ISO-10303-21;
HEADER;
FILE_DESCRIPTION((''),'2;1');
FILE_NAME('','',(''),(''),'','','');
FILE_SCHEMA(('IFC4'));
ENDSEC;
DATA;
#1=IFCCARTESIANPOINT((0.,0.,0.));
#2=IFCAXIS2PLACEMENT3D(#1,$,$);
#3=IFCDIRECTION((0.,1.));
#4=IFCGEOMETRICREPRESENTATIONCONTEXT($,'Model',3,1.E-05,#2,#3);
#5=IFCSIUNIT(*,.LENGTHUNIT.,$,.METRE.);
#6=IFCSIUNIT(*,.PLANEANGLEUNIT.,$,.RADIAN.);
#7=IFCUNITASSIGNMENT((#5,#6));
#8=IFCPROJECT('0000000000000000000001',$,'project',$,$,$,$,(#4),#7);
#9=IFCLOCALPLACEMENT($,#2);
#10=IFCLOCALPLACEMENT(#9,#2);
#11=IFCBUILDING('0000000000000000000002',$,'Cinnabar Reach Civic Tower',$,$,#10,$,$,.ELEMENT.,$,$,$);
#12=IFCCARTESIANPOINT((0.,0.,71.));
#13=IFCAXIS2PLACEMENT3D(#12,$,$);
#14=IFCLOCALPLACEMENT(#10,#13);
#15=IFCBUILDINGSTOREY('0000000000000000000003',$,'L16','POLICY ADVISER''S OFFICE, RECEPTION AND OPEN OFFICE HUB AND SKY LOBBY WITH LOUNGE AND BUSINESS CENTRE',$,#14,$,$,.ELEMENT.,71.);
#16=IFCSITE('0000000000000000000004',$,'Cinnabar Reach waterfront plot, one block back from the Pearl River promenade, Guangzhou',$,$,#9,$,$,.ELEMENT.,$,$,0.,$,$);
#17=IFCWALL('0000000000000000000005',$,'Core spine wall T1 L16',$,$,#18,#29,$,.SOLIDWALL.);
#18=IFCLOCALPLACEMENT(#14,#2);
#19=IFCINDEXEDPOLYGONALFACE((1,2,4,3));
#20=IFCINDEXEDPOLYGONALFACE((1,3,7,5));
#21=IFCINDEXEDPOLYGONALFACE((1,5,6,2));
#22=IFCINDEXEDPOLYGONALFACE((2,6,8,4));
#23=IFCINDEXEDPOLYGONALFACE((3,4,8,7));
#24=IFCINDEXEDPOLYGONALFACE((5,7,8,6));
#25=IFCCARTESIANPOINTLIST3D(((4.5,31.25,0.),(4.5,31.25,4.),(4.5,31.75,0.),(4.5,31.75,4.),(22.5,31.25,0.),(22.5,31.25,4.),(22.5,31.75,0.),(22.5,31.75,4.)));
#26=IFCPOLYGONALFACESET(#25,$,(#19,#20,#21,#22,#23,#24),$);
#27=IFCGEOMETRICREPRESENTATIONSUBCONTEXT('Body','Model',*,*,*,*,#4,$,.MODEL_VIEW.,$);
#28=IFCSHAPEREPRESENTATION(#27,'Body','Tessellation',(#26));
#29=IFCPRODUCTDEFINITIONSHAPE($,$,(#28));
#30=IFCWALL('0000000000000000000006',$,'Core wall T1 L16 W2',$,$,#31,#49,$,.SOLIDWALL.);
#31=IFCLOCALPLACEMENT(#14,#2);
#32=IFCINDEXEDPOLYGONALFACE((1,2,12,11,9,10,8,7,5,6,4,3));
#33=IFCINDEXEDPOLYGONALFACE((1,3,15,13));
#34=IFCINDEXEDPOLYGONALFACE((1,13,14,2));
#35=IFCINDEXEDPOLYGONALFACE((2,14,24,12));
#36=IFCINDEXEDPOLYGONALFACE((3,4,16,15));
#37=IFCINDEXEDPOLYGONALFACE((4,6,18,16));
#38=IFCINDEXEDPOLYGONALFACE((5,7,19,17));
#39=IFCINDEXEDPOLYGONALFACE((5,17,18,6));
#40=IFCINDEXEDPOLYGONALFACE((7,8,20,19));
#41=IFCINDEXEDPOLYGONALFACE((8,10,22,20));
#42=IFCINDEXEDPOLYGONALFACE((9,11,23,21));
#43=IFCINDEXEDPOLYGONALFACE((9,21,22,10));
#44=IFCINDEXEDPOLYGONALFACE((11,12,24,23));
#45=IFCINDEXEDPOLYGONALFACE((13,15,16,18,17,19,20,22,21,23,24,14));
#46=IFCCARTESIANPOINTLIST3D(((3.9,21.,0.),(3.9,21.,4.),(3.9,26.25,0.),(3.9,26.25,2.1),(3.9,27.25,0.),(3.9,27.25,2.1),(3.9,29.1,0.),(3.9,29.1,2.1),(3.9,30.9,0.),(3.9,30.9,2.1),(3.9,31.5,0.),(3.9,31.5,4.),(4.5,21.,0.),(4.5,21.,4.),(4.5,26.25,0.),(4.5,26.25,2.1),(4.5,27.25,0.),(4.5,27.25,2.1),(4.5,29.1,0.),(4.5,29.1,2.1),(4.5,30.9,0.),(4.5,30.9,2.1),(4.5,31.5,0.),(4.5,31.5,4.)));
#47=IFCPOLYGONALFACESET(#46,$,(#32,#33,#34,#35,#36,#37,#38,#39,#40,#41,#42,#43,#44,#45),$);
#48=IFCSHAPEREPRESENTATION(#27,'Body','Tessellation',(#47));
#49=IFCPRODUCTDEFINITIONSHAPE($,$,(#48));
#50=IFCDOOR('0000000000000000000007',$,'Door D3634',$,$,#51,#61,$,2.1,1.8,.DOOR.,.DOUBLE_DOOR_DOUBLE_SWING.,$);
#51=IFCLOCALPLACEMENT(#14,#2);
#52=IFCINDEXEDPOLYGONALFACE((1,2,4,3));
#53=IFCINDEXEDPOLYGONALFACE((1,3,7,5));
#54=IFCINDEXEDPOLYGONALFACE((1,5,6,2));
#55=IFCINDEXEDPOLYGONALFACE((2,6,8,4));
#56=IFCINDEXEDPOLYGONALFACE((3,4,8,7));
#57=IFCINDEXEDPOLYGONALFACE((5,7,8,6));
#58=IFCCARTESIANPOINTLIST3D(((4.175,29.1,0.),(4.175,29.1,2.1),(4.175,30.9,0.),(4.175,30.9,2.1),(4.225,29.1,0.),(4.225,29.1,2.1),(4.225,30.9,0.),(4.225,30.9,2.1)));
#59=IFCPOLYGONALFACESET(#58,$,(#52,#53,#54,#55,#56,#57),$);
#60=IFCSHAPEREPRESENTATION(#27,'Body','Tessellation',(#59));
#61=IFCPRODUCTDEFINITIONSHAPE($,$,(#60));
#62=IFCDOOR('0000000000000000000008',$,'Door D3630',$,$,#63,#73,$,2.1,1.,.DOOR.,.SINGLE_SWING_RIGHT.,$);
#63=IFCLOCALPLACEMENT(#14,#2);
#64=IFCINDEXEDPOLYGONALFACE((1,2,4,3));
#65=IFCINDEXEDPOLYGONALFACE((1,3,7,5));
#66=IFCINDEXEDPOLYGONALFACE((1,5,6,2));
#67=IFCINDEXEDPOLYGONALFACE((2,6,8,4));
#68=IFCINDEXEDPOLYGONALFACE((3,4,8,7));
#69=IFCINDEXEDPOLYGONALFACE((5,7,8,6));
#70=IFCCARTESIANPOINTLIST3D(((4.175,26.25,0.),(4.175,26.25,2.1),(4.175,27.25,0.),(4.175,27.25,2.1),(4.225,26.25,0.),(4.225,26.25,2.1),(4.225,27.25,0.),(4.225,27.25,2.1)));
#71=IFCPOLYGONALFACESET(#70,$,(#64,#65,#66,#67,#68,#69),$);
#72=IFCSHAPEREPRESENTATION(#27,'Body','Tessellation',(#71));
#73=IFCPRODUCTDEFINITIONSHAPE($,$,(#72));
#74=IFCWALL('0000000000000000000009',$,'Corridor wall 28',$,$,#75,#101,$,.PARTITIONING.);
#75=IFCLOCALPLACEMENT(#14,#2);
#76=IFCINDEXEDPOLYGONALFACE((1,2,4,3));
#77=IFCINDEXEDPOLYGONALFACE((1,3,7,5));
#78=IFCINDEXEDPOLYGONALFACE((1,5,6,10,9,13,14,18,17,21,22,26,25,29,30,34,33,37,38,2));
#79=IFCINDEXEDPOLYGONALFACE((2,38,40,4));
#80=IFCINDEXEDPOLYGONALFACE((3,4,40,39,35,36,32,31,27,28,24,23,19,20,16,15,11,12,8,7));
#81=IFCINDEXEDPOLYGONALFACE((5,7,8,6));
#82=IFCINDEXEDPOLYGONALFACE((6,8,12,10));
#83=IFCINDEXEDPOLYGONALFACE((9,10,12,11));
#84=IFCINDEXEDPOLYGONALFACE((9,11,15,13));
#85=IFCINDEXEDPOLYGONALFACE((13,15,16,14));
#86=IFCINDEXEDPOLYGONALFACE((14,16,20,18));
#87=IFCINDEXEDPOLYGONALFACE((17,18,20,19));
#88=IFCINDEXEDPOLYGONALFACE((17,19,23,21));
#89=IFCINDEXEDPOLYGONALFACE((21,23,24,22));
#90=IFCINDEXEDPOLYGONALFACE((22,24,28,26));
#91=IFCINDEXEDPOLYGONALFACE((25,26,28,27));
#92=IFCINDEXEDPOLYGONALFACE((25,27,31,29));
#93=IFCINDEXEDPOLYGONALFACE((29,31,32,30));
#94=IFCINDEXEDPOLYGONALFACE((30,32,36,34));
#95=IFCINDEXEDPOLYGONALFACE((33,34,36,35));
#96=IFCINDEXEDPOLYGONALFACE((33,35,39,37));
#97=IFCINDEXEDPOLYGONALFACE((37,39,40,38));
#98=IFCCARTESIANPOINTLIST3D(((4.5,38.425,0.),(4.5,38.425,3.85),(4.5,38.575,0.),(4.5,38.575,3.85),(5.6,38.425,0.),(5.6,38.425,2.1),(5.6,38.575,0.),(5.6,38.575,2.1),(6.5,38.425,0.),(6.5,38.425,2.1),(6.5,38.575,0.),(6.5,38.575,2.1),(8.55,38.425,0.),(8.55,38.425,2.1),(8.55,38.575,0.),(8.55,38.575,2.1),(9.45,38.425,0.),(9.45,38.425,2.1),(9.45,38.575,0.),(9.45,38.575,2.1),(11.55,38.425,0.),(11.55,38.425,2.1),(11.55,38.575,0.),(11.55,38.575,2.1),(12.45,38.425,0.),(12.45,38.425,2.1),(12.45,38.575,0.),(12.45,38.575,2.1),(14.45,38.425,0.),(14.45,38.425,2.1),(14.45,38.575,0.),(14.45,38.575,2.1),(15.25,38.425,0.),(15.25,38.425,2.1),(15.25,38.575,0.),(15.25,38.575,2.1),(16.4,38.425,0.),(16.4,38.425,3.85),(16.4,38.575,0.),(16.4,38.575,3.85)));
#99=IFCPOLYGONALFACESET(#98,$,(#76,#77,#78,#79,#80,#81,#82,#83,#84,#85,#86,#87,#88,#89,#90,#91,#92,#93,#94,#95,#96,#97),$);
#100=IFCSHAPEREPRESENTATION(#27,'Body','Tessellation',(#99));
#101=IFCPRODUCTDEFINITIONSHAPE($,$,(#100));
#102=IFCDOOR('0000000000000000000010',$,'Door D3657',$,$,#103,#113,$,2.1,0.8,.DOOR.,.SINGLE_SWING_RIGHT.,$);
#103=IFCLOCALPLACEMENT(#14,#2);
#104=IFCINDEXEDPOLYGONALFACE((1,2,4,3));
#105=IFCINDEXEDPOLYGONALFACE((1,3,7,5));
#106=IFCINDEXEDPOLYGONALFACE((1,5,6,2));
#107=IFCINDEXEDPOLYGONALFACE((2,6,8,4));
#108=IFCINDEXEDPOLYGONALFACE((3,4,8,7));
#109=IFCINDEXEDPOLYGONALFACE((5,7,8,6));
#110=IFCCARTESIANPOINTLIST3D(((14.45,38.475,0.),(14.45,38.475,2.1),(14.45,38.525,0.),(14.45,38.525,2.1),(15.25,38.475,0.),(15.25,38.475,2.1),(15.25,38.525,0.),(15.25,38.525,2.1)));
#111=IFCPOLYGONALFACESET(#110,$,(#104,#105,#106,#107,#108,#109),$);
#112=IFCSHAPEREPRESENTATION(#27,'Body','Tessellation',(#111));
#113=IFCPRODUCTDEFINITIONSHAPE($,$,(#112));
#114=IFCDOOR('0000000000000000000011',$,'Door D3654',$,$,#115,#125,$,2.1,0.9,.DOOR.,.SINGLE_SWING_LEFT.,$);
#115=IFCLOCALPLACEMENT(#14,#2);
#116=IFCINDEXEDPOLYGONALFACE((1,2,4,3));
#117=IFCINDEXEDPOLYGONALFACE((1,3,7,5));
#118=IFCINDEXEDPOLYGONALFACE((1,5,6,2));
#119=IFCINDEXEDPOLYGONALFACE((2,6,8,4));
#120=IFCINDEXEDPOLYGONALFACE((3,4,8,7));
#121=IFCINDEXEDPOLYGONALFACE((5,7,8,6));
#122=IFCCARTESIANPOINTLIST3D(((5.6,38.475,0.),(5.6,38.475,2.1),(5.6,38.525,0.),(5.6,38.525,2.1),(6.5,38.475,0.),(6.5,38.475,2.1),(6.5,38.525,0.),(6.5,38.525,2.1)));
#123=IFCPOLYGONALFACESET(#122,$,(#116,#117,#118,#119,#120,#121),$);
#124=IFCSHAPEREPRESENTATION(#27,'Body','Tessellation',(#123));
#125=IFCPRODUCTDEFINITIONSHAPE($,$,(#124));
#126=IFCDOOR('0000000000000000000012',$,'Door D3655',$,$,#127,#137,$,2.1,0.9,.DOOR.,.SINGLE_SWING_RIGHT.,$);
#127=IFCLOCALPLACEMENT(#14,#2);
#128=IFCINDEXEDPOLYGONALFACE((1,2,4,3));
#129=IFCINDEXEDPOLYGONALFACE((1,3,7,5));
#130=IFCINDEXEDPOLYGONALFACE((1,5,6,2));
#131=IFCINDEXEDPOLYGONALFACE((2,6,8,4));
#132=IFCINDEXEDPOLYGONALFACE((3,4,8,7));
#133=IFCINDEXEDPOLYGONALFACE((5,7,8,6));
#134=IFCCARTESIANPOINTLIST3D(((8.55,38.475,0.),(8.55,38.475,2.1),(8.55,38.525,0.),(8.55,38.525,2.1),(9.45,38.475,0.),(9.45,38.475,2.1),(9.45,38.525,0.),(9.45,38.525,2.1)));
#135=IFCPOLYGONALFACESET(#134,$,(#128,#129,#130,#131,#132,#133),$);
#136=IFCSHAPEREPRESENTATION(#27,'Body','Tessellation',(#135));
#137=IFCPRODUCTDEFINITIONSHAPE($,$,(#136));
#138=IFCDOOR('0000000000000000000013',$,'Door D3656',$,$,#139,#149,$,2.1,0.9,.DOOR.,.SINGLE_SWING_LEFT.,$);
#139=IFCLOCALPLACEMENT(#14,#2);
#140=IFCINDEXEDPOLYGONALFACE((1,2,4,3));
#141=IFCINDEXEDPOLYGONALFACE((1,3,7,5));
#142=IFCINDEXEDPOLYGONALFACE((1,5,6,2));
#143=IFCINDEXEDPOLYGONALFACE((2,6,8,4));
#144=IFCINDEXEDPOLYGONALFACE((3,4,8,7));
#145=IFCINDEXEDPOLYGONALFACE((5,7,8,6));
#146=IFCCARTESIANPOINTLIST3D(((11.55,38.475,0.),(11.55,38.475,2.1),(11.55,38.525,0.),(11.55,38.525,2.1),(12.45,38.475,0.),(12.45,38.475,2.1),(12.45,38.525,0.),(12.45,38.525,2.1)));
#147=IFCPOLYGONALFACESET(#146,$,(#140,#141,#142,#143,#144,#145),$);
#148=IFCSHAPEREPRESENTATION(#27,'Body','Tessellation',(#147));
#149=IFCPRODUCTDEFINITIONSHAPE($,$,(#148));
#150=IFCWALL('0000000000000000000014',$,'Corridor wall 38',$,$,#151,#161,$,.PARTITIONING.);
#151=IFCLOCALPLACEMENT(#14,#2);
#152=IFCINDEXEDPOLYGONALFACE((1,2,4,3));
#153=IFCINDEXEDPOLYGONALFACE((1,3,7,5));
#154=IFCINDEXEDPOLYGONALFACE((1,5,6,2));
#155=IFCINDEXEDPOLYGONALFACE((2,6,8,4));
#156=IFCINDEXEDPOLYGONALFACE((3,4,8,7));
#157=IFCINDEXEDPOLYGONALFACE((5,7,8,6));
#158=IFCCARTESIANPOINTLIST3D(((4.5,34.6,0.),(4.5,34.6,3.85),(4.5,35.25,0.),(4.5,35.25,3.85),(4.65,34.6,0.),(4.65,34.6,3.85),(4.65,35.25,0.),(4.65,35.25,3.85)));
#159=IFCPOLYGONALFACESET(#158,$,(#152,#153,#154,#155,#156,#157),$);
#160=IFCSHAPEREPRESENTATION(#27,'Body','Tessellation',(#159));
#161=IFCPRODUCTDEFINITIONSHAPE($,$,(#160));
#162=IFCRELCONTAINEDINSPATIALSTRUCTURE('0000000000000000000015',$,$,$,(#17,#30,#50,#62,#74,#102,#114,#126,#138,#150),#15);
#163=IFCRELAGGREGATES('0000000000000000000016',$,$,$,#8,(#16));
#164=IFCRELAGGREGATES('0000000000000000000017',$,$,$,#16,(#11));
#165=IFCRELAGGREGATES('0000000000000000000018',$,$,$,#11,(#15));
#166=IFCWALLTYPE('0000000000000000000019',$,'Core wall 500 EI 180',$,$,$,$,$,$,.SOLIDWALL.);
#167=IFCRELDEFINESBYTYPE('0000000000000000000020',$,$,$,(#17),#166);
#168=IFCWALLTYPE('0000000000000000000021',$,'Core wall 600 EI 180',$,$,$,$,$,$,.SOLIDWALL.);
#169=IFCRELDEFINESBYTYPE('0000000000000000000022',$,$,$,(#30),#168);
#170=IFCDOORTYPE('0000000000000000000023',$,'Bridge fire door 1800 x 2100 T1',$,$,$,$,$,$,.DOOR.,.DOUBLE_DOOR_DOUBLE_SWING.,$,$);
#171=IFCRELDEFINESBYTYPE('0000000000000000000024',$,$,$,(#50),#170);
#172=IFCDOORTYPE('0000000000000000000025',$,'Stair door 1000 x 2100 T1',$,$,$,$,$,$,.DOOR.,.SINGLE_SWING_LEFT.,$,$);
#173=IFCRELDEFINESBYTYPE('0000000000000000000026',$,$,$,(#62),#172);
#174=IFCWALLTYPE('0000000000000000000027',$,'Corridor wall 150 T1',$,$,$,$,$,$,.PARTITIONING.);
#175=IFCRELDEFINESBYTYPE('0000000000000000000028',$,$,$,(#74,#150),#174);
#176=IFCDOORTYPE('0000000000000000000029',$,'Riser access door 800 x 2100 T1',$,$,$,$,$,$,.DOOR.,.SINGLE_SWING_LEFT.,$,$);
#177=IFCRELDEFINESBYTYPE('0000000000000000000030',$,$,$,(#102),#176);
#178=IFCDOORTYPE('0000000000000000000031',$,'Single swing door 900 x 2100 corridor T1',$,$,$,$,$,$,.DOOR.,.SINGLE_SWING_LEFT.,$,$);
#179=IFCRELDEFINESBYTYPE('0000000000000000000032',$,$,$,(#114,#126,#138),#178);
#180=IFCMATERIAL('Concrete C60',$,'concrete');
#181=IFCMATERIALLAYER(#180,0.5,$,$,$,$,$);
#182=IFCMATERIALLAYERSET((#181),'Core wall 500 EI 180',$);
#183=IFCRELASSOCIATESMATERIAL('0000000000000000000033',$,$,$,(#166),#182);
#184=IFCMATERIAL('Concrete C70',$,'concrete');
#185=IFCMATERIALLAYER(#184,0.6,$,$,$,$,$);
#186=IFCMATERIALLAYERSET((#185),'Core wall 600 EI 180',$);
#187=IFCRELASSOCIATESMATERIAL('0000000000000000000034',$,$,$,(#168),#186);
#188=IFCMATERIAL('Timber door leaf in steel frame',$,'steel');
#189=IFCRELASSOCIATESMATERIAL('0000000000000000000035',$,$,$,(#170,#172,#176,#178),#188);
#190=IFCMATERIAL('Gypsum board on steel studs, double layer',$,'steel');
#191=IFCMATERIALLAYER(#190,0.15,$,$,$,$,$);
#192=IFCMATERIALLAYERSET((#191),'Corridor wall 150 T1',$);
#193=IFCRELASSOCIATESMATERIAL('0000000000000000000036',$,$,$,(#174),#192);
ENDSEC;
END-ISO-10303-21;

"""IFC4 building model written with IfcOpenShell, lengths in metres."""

from ifc_helpers import new_model, si_unit, direction, frame, frame_2d, origin, place, context, subcontext, project, spatial, rectangle, extrude, material, layer, layer_set, type_object, element, fill, save


model = new_model("IFC4")

# Units and contexts
model_context = context("Model", 3, precision=1e-05, world=origin(), true_north=direction((0.0, 1.0)))
body_context = subcontext(model_context, "Body", "Model", "MODEL_VIEW")
ifc_project = project(units=[si_unit("LENGTHUNIT", "METRE"), si_unit("PLANEANGLEUNIT", "RADIAN")], contexts=[model_context])

# Site, building, storey
site_placement = place(None, origin())
site = spatial("IfcSite", under=ifc_project, at=site_placement, Name="Cinnabar Reach waterfront plot, one block back from the Pearl River promenade, Guangzhou", CompositionType="ELEMENT", RefElevation=0.0)
building_placement = place(site_placement, origin())
building = spatial("IfcBuilding", under=site, at=building_placement, Name="Cinnabar Reach Civic Tower", CompositionType="ELEMENT")
storey_placement = place(building_placement, frame((0.0, 0.0, 71.0)))
storey = spatial("IfcBuildingStorey", under=building, at=storey_placement, Name="L16", Description="POLICY ADVISER'S OFFICE, RECEPTION AND OPEN OFFICE HUB AND SKY LOBBY WITH LOUNGE AND BUSINESS CENTRE", CompositionType="ELEMENT", Elevation=71.0)

# Wall
ifc_material_1 = material(Name="Concrete C60", Category="concrete")
ifc_layer_1 = layer(ifc_material_1, 0.5)
ifc_layer_set_1 = layer_set([ifc_layer_1], Name="Core wall 500 EI 180")
wall_type_1 = type_object("IfcWallType", Name="Core wall 500 EI 180", PredefinedType="SOLIDWALL", material=ifc_layer_set_1)
wall_1_placement = place(storey_placement, frame((4.5, 31.5, 0.0), z_axis=(0.0, 0.0, 1.0), x_axis=(1.0, 0.0, 0.0)))
element("IfcWall", 1, at=wall_1_placement, inside=storey, type_object=wall_type_1, Name="Core spine wall T1 L16", PredefinedType="SOLIDWALL", context=body_context, shape_type="SweptSolid", body=[
    extrude(rectangle(XDim=18.0, YDim=0.5, at=frame_2d((9.0, 0.0))), origin(), (0.0, 0.0, 1.0), 4.0),
])

# Walls, openings, doors
ifc_material_2 = material(Name="Concrete C70", Category="concrete")
ifc_layer_2 = layer(ifc_material_2, 0.6)
ifc_layer_set_2 = layer_set([ifc_layer_2], Name="Core wall 600 EI 180")
wall_type_2 = type_object("IfcWallType", Name="Core wall 600 EI 180", PredefinedType="SOLIDWALL", material=ifc_layer_set_2)
wall_2_placement = place(storey_placement, frame((4.2, 31.5, 0.0), z_axis=(0.0, 0.0, 1.0), x_axis=(0.0, -1.0, 0.0)))
wall_2 = element("IfcWall", 2, at=wall_2_placement, inside=storey, type_object=wall_type_2, Name="Core wall T1 L16 W2", PredefinedType="SOLIDWALL", context=body_context, shape_type="SweptSolid", body=[
    extrude(rectangle(XDim=10.5, YDim=0.6, at=frame_2d((5.25, 0.0))), origin(), (0.0, 0.0, 1.0), 4.0),
])
opening_1_placement = place(wall_2_placement, frame((4.25, 0.0, 0.0)))
opening_1 = element("IfcOpeningElement", 3, at=opening_1_placement, cuts=wall_2, PredefinedType="OPENING", context=body_context, shape_type="SweptSolid", body=[
    extrude(rectangle(XDim=1.0, YDim=2.1, at=frame_2d((0.5, 1.05))), frame((0.0, 0.31, 0.0), z_axis=(0.0, -1.0, 0.0), x_axis=(1.0, 0.0, 0.0)), (0.0, 0.0, 1.0), 0.62),
])
opening_2_placement = place(wall_2_placement, frame((0.6, 0.0, 0.0)))
opening_2 = element("IfcOpeningElement", 4, at=opening_2_placement, cuts=wall_2, PredefinedType="OPENING", context=body_context, shape_type="SweptSolid", body=[
    extrude(rectangle(XDim=1.8, YDim=2.1, at=frame_2d((0.9, 1.05))), frame((0.0, 0.31, 0.0), z_axis=(0.0, -1.0, 0.0), x_axis=(1.0, 0.0, 0.0)), (0.0, 0.0, 1.0), 0.62),
])
ifc_material_3 = material(Name="Timber door leaf in steel frame", Category="steel")
door_type_1 = type_object("IfcDoorType", Name="Bridge fire door 1800 x 2100 T1", OperationType="DOUBLE_DOOR_DOUBLE_SWING", PredefinedType="DOOR", material=ifc_material_3)
door_1_placement = place(opening_2_placement, frame((1.8, 0.0, 0.0), z_axis=(0.0, 0.0, 1.0), x_axis=(-1.0, 0.0, 0.0)))
door_1 = element("IfcDoor", 5, at=door_1_placement, inside=storey, type_object=door_type_1, Name="Door D3634", OperationType="DOUBLE_DOOR_DOUBLE_SWING", OverallHeight=2.1, OverallWidth=1.8, PredefinedType="DOOR", context=body_context, shape_type="SweptSolid", body=[
    extrude(rectangle(XDim=1.8, YDim=2.1, at=frame_2d((0.9, 1.05))), frame((0.0, 0.025, 0.0), z_axis=(0.0, -1.0, 0.0), x_axis=(1.0, 0.0, 0.0)), (0.0, 0.0, 1.0), 0.05),
])
fill(opening_2, door_1)
door_type_2 = type_object("IfcDoorType", Name="Stair door 1000 x 2100 T1", OperationType="SINGLE_SWING_LEFT", PredefinedType="DOOR", material=ifc_material_3)
door_2_placement = place(opening_1_placement, frame((1.0, 0.0, 0.0), z_axis=(0.0, 0.0, 1.0), x_axis=(-1.0, 0.0, 0.0)))
door_2 = element("IfcDoor", 6, at=door_2_placement, inside=storey, type_object=door_type_2, Name="Door D3630", OperationType="SINGLE_SWING_RIGHT", OverallHeight=2.1, OverallWidth=1.0, PredefinedType="DOOR", context=body_context, shape_type="SweptSolid", body=[
    extrude(rectangle(XDim=1.0, YDim=2.1, at=frame_2d((0.5, 1.05))), frame((0.0, 0.025, 0.0), z_axis=(0.0, -1.0, 0.0), x_axis=(1.0, 0.0, 0.0)), (0.0, 0.0, 1.0), 0.05),
])
fill(opening_1, door_2)
ifc_material_4 = material(Name="Gypsum board on steel studs, double layer", Category="steel")
ifc_layer_3 = layer(ifc_material_4, 0.15)
ifc_layer_set_3 = layer_set([ifc_layer_3], Name="Corridor wall 150 T1")
wall_type_3 = type_object("IfcWallType", Name="Corridor wall 150 T1", PredefinedType="PARTITIONING", material=ifc_layer_set_3)
wall_3_placement = place(storey_placement, frame((4.5, 38.5, 0.0), z_axis=(0.0, 0.0, 1.0), x_axis=(1.0, 0.0, 0.0)))
wall_3 = element("IfcWall", 7, at=wall_3_placement, inside=storey, type_object=wall_type_3, Name="Corridor wall 28", PredefinedType="PARTITIONING", context=body_context, shape_type="SweptSolid", body=[
    extrude(rectangle(XDim=11.9, YDim=0.15, at=frame_2d((5.95, 0.0))), origin(), (0.0, 0.0, 1.0), 3.85),
])
opening_3_placement = place(wall_3_placement, frame((1.1, 0.0, 0.0)))
opening_3 = element("IfcOpeningElement", 8, at=opening_3_placement, cuts=wall_3, PredefinedType="OPENING", context=body_context, shape_type="SweptSolid", body=[
    extrude(rectangle(XDim=0.9, YDim=2.1, at=frame_2d((0.45, 1.05))), frame((0.0, 0.085, 0.0), z_axis=(0.0, -1.0, 0.0), x_axis=(1.0, 0.0, 0.0)), (0.0, 0.0, 1.0), 0.17),
])
opening_4_placement = place(wall_3_placement, frame((4.05, 0.0, 0.0)))
opening_4 = element("IfcOpeningElement", 9, at=opening_4_placement, cuts=wall_3, PredefinedType="OPENING", context=body_context, shape_type="SweptSolid", body=[
    extrude(rectangle(XDim=0.9, YDim=2.1, at=frame_2d((0.45, 1.05))), frame((0.0, 0.085, 0.0), z_axis=(0.0, -1.0, 0.0), x_axis=(1.0, 0.0, 0.0)), (0.0, 0.0, 1.0), 0.17),
])
opening_5_placement = place(wall_3_placement, frame((7.05, 0.0, 0.0)))
opening_5 = element("IfcOpeningElement", 10, at=opening_5_placement, cuts=wall_3, PredefinedType="OPENING", context=body_context, shape_type="SweptSolid", body=[
    extrude(rectangle(XDim=0.9, YDim=2.1, at=frame_2d((0.45, 1.05))), frame((0.0, 0.085, 0.0), z_axis=(0.0, -1.0, 0.0), x_axis=(1.0, 0.0, 0.0)), (0.0, 0.0, 1.0), 0.17),
])
opening_6_placement = place(wall_3_placement, frame((9.95, 0.0, 0.0)))
opening_6 = element("IfcOpeningElement", 11, at=opening_6_placement, cuts=wall_3, PredefinedType="OPENING", context=body_context, shape_type="SweptSolid", body=[
    extrude(rectangle(XDim=0.8, YDim=2.1, at=frame_2d((0.4, 1.05))), frame((0.0, 0.085, 0.0), z_axis=(0.0, -1.0, 0.0), x_axis=(1.0, 0.0, 0.0)), (0.0, 0.0, 1.0), 0.17),
])
door_type_3 = type_object("IfcDoorType", Name="Riser access door 800 x 2100 T1", OperationType="SINGLE_SWING_LEFT", PredefinedType="DOOR", material=ifc_material_3)
door_3_placement = place(opening_6_placement, origin())
door_3 = element("IfcDoor", 12, at=door_3_placement, inside=storey, type_object=door_type_3, Name="Door D3657", OperationType="SINGLE_SWING_RIGHT", OverallHeight=2.1, OverallWidth=0.8, PredefinedType="DOOR", context=body_context, shape_type="SweptSolid", body=[
    extrude(rectangle(XDim=0.8, YDim=2.1, at=frame_2d((0.4, 1.05))), frame((0.0, 0.025, 0.0), z_axis=(0.0, -1.0, 0.0), x_axis=(1.0, 0.0, 0.0)), (0.0, 0.0, 1.0), 0.05),
])
fill(opening_6, door_3)
door_type_4 = type_object("IfcDoorType", Name="Single swing door 900 x 2100 corridor T1", OperationType="SINGLE_SWING_LEFT", PredefinedType="DOOR", material=ifc_material_3)
door_4_placement = place(opening_3_placement, origin())
door_4 = element("IfcDoor", 13, at=door_4_placement, inside=storey, type_object=door_type_4, Name="Door D3654", OperationType="SINGLE_SWING_LEFT", OverallHeight=2.1, OverallWidth=0.9, PredefinedType="DOOR", context=body_context, shape_type="SweptSolid", body=[
    extrude(rectangle(XDim=0.9, YDim=2.1, at=frame_2d((0.45, 1.05))), frame((0.0, 0.025, 0.0), z_axis=(0.0, -1.0, 0.0), x_axis=(1.0, 0.0, 0.0)), (0.0, 0.0, 1.0), 0.05),
])
fill(opening_3, door_4)
door_5_placement = place(opening_4_placement, origin())
door_5 = element("IfcDoor", 14, at=door_5_placement, inside=storey, type_object=door_type_4, Name="Door D3655", OperationType="SINGLE_SWING_RIGHT", OverallHeight=2.1, OverallWidth=0.9, PredefinedType="DOOR", context=body_context, shape_type="SweptSolid", body=[
    extrude(rectangle(XDim=0.9, YDim=2.1, at=frame_2d((0.45, 1.05))), frame((0.0, 0.025, 0.0), z_axis=(0.0, -1.0, 0.0), x_axis=(1.0, 0.0, 0.0)), (0.0, 0.0, 1.0), 0.05),
])
fill(opening_4, door_5)
door_6_placement = place(opening_5_placement, origin())
door_6 = element("IfcDoor", 15, at=door_6_placement, inside=storey, type_object=door_type_4, Name="Door D3656", OperationType="SINGLE_SWING_LEFT", OverallHeight=2.1, OverallWidth=0.9, PredefinedType="DOOR", context=body_context, shape_type="SweptSolid", body=[
    extrude(rectangle(XDim=0.9, YDim=2.1, at=frame_2d((0.45, 1.05))), frame((0.0, 0.025, 0.0), z_axis=(0.0, -1.0, 0.0), x_axis=(1.0, 0.0, 0.0)), (0.0, 0.0, 1.0), 0.05),
])
fill(opening_5, door_6)

# Wall
wall_4_placement = place(storey_placement, frame((4.575, 34.6, 0.0), z_axis=(0.0, 0.0, 1.0), x_axis=(0.0, 1.0, 0.0)))
element("IfcWall", 16, at=wall_4_placement, inside=storey, type_object=wall_type_3, Name="Corridor wall 38", PredefinedType="PARTITIONING", context=body_context, shape_type="SweptSolid", body=[
    extrude(rectangle(XDim=0.65, YDim=0.15, at=frame_2d((0.325, 0.0))), origin(), (0.0, 0.0, 1.0), 3.85),
])

save(model, "model.ifc")
